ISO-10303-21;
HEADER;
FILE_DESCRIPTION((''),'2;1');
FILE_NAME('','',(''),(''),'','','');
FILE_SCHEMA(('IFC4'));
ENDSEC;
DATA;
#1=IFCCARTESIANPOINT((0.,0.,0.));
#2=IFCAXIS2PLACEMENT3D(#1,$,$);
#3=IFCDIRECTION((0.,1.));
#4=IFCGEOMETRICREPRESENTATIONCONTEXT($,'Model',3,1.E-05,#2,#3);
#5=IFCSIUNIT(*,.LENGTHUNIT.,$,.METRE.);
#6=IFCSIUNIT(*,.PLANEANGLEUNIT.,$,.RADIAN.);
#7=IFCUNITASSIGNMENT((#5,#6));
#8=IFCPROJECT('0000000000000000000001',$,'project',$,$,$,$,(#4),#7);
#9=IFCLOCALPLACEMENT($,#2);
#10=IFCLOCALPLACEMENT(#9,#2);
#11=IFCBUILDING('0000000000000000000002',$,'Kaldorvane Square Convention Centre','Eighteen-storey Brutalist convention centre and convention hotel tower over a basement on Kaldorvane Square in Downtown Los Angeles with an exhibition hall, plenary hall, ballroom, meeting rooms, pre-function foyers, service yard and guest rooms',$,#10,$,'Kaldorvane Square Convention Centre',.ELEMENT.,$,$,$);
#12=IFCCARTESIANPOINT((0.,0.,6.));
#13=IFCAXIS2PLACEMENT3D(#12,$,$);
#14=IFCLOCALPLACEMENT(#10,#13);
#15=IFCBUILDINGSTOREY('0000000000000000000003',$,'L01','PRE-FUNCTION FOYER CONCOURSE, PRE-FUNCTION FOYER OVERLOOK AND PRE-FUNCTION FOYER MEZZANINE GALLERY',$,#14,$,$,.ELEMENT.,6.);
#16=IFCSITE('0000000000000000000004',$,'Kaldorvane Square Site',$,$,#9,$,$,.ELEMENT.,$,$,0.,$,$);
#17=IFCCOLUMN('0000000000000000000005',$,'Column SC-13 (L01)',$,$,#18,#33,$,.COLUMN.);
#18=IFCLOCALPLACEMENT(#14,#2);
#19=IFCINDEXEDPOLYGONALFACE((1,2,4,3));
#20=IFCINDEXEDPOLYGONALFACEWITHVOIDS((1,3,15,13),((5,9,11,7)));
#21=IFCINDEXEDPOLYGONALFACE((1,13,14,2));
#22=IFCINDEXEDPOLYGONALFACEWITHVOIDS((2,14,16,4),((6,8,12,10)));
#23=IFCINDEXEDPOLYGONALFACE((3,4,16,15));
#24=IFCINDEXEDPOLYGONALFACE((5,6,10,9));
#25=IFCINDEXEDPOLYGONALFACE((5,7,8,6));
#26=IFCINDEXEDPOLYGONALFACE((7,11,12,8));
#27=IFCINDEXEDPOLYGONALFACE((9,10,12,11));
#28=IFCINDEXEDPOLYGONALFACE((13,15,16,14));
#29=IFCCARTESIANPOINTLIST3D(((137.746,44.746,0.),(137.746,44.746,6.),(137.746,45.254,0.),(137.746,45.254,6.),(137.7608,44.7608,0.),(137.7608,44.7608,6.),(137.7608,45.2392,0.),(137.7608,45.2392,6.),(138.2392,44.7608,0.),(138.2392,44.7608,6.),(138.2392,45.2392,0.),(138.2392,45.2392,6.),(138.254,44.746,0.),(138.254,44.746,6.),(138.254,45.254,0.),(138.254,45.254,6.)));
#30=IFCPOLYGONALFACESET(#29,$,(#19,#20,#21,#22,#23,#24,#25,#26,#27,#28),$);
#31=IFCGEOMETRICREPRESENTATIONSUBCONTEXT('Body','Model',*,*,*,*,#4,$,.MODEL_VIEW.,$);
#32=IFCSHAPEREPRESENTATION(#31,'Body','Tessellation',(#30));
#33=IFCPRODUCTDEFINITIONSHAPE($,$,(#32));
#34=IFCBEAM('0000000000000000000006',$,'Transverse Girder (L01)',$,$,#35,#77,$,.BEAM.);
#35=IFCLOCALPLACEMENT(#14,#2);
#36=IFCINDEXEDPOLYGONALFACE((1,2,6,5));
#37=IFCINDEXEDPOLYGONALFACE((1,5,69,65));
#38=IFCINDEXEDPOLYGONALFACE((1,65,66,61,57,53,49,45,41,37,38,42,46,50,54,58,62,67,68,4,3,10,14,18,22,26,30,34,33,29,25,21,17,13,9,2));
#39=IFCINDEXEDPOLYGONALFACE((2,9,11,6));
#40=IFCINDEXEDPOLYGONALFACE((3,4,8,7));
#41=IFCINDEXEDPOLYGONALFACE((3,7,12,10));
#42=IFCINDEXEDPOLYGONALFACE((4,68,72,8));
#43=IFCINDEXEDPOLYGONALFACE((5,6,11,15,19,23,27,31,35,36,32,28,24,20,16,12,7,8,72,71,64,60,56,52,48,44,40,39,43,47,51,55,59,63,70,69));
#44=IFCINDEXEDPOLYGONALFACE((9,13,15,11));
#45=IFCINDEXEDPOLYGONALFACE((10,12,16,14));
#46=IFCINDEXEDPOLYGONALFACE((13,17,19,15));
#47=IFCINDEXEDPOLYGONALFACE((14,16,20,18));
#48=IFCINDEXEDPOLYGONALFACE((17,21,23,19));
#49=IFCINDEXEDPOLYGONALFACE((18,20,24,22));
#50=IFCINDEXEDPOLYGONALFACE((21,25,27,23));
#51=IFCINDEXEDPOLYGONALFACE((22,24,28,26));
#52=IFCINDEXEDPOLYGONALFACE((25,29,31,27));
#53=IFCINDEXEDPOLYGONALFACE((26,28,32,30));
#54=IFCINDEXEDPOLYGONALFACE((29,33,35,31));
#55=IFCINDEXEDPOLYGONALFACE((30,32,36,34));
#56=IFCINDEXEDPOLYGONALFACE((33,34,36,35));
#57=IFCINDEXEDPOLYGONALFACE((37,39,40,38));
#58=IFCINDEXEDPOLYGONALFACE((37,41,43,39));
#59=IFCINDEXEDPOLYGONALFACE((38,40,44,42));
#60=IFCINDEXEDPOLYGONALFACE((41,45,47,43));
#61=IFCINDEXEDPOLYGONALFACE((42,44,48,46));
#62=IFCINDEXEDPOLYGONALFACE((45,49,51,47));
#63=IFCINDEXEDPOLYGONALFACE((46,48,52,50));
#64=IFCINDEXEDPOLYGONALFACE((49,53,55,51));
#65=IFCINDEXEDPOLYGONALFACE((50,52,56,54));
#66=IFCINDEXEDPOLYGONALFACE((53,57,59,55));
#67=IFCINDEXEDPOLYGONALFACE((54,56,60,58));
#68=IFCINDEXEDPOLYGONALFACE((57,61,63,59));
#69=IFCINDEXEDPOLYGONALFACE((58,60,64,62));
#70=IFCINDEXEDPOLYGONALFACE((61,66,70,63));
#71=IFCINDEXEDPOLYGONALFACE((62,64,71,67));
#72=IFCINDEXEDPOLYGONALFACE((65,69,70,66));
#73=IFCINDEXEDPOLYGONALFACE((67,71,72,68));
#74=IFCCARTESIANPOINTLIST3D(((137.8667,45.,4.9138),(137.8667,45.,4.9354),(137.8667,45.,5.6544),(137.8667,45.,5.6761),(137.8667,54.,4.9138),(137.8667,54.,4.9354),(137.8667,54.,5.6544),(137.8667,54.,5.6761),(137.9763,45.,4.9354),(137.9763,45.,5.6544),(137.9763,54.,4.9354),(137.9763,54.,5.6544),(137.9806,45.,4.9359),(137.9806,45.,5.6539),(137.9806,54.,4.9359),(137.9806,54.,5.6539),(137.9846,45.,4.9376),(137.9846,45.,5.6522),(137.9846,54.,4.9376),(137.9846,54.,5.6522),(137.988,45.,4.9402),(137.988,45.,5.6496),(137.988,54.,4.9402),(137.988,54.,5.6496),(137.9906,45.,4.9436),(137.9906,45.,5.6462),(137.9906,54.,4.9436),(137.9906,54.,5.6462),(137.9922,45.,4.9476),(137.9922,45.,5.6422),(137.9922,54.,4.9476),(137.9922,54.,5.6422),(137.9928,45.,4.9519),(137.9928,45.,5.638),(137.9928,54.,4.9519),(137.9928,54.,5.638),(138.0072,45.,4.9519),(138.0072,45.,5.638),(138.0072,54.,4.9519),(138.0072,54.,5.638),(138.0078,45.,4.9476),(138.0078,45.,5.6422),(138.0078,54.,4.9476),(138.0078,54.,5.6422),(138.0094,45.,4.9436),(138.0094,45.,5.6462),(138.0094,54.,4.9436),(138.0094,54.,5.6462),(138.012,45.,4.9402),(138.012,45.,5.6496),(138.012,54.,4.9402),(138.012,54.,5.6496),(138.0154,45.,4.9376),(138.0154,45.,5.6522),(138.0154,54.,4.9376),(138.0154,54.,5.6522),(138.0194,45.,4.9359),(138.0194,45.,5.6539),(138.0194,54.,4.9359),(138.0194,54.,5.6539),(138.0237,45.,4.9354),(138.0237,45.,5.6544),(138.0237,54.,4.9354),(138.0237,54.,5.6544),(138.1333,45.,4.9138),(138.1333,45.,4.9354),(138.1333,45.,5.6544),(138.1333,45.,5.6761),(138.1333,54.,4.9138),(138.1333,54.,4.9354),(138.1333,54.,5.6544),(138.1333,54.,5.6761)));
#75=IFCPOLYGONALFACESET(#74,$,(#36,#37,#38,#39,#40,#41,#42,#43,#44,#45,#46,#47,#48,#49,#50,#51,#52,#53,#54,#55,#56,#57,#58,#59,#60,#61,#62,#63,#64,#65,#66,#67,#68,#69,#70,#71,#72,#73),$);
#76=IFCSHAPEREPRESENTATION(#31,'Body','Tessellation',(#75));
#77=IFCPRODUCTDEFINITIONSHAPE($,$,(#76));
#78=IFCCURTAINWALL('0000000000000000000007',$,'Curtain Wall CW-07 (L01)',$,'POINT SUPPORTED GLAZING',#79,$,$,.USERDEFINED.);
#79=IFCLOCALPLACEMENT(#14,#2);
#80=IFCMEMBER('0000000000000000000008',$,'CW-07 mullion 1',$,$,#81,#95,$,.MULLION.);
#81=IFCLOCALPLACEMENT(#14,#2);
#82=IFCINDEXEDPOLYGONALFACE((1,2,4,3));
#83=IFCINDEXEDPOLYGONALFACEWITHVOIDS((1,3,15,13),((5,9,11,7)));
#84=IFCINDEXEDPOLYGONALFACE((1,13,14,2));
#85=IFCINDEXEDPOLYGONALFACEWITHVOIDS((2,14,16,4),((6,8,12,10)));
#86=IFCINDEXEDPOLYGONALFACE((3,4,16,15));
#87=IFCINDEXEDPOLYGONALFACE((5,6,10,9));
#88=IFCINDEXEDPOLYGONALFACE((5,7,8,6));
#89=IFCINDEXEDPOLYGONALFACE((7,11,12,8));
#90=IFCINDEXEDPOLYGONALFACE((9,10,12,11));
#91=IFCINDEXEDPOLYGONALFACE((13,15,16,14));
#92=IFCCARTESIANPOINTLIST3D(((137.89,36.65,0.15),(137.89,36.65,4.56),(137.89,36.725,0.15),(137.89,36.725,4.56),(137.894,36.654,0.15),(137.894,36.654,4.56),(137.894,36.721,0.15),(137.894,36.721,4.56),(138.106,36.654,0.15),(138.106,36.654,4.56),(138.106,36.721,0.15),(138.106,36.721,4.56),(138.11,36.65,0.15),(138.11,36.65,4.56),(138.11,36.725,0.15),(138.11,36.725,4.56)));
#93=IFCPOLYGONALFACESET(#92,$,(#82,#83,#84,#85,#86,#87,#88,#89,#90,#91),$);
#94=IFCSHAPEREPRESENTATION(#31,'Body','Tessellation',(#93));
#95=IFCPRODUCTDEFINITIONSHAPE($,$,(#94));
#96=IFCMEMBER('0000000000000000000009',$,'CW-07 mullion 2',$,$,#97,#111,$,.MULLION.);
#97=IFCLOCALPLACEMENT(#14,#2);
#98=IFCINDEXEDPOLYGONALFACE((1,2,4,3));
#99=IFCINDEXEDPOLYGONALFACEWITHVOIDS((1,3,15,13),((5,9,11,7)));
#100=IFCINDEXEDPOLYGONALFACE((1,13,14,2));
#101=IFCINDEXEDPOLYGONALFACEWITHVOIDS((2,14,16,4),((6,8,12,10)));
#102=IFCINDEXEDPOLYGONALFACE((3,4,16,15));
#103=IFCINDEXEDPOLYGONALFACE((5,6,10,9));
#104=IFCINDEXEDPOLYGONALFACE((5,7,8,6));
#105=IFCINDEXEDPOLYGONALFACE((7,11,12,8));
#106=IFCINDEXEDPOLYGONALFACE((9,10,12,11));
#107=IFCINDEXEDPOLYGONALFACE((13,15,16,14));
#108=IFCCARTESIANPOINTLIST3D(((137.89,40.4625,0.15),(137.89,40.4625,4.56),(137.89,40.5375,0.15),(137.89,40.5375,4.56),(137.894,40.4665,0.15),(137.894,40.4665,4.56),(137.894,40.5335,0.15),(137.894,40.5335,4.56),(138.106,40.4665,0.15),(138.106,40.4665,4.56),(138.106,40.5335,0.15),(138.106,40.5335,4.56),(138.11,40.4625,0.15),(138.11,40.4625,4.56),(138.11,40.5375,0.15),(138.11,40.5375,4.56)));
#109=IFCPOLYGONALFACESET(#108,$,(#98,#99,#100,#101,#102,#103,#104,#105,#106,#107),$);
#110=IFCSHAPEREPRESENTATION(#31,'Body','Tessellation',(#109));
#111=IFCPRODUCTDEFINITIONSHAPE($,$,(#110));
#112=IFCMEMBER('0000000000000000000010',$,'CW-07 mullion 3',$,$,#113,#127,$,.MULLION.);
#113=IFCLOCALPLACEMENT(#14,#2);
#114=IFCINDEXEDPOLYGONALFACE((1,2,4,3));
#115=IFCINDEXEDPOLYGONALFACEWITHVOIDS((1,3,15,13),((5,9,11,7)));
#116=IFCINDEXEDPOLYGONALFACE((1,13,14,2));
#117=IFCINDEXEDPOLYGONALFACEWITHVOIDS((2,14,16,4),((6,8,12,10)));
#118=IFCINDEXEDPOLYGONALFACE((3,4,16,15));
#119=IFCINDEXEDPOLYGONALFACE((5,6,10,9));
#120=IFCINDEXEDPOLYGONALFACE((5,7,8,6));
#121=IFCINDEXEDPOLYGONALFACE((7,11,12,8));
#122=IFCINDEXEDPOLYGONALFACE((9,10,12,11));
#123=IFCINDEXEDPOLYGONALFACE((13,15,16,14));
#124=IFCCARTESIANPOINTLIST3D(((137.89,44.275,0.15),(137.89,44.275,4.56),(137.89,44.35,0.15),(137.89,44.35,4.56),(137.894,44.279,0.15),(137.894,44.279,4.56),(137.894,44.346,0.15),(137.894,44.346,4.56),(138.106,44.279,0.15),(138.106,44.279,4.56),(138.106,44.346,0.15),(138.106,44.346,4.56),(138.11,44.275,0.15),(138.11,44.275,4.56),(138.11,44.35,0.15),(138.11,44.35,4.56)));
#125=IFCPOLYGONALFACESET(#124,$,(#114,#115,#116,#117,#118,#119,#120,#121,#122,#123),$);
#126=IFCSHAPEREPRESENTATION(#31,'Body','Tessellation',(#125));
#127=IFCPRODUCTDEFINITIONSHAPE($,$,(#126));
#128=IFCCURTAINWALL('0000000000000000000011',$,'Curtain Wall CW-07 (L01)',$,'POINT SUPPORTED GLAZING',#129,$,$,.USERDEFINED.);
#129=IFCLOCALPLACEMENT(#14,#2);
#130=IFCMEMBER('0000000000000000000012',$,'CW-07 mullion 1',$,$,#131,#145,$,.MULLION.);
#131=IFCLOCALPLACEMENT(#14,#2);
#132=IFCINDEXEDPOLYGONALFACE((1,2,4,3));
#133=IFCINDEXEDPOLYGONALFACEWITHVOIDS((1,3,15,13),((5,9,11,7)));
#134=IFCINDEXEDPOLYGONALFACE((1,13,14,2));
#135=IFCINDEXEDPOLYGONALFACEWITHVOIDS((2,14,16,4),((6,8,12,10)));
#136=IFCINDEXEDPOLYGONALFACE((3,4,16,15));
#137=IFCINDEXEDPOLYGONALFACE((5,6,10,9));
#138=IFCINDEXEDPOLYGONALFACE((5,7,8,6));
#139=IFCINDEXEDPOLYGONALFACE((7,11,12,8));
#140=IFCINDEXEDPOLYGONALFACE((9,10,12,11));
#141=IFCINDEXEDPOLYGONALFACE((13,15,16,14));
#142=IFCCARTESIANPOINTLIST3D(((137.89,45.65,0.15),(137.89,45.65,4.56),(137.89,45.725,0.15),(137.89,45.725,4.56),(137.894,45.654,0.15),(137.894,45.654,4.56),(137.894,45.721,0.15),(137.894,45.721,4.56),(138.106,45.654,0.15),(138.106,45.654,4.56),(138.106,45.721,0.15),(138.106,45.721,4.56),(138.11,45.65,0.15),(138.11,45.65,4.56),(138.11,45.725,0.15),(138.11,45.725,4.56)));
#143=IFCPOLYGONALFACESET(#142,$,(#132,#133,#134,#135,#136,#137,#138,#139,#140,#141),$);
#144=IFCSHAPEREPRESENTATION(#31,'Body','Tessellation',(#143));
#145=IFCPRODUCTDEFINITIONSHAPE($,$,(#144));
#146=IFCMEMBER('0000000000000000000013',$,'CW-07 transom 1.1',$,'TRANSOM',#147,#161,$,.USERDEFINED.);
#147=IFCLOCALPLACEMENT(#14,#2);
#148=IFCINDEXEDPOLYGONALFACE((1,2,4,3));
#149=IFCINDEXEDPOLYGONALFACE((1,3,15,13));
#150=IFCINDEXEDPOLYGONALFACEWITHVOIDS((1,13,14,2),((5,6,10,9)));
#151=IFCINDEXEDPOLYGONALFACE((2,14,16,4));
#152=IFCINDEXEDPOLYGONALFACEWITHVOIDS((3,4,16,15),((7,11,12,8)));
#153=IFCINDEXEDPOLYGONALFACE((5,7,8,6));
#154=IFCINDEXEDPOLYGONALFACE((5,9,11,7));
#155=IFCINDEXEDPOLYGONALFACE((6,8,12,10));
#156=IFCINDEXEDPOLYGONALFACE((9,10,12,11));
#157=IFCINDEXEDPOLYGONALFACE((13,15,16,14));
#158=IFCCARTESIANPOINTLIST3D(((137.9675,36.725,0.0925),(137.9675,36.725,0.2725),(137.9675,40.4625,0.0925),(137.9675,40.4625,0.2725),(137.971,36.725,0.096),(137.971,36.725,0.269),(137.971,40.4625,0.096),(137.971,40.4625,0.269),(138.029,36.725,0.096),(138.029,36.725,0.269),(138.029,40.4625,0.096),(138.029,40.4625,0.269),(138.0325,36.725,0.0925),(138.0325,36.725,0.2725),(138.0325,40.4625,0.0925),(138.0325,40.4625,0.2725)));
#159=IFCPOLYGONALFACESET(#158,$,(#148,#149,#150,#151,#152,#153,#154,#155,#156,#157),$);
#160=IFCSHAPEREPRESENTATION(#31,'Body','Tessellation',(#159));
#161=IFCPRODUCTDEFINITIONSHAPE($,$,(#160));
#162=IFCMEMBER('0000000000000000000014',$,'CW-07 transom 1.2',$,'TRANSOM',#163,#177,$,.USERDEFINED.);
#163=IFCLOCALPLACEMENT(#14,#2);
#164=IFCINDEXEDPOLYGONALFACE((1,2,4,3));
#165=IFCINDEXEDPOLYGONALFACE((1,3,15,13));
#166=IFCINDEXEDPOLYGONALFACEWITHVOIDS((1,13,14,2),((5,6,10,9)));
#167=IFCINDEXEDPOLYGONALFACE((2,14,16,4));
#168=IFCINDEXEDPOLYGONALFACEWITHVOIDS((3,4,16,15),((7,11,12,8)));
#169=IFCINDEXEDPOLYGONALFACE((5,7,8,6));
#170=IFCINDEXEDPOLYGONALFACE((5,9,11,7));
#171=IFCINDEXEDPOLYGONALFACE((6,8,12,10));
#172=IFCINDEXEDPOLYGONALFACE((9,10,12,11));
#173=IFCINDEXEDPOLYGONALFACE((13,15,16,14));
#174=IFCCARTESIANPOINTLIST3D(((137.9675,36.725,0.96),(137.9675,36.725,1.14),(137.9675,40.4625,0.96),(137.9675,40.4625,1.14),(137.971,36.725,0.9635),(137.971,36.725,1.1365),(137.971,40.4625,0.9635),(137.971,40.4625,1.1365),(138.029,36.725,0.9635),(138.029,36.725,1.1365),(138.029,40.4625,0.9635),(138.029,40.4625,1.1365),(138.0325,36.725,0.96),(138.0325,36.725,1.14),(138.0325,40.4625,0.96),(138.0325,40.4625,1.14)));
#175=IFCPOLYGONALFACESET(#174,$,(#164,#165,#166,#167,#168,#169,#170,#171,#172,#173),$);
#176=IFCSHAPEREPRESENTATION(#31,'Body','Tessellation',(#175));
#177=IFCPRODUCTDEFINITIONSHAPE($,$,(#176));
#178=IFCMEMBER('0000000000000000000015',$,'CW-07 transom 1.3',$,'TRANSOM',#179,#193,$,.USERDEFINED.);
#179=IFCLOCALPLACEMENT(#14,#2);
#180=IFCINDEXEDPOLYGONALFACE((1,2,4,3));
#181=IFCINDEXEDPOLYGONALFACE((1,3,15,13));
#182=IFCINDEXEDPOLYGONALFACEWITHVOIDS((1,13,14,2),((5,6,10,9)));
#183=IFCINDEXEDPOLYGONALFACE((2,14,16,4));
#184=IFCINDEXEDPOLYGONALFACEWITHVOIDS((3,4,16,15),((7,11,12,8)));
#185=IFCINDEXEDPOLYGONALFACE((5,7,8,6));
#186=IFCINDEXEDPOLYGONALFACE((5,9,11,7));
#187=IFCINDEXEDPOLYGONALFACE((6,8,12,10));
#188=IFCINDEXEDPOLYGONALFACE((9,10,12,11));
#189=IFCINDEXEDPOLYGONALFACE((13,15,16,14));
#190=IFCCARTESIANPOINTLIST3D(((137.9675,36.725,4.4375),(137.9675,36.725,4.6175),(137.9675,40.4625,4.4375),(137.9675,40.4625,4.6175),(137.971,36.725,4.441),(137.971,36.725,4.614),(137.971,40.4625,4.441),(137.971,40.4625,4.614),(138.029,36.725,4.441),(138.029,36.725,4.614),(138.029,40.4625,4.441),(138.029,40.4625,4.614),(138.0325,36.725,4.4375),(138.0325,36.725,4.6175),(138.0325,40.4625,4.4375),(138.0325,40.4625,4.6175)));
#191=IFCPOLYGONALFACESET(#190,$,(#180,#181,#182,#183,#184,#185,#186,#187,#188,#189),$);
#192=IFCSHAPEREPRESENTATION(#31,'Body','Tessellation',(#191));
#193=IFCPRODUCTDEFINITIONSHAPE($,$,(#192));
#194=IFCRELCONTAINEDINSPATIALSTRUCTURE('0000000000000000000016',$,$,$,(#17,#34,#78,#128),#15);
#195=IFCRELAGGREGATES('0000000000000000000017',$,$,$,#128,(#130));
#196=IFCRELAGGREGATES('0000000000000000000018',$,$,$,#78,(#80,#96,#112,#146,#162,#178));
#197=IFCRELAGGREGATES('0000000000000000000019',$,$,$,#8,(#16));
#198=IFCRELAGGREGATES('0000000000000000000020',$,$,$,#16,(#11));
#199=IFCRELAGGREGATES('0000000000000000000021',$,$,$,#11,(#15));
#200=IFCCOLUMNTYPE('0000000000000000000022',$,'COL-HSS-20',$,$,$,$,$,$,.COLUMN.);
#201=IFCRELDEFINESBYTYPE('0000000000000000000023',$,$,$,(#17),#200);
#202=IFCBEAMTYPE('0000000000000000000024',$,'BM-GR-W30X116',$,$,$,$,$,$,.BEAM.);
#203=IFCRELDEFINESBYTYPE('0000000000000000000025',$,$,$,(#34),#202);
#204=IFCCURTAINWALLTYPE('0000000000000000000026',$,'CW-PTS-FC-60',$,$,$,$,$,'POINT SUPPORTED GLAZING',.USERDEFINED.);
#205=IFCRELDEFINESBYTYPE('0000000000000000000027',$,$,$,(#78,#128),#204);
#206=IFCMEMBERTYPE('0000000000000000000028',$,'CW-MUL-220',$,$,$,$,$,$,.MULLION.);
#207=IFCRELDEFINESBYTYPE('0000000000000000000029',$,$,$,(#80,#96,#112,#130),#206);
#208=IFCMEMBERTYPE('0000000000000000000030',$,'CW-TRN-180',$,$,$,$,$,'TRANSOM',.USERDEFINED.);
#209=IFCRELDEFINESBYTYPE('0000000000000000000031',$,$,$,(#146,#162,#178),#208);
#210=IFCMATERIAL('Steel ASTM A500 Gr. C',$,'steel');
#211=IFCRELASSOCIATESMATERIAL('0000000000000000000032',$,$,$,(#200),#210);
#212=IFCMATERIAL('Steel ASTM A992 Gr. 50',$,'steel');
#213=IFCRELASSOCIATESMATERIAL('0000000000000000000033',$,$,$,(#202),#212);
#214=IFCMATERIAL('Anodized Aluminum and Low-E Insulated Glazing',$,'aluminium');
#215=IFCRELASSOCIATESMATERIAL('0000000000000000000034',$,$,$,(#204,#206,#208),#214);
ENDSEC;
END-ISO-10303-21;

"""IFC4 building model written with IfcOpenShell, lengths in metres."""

from ifc_helpers import new_model, si_unit, direction, frame, origin, origin_2d, place, context, subcontext, project, spatial, hollow_rectangle, i_section, extrude, material, material_profile, profile_set, type_object, element, aggregate, save


model = new_model("IFC4")

# Units and contexts
model_context = context("Model", 3, precision=1e-05, world=origin(), true_north=direction((0.0, 1.0)))
body_context = subcontext(model_context, "Body", "Model", "MODEL_VIEW")
ifc_project = project(units=[si_unit("LENGTHUNIT", "METRE"), si_unit("PLANEANGLEUNIT", "RADIAN")], contexts=[model_context])

# Site, building, storey
site_placement = place(None, origin())
site = spatial("IfcSite", under=ifc_project, at=site_placement, Name="Kaldorvane Square Site", CompositionType="ELEMENT", RefElevation=0.0)
building_placement = place(site_placement, origin())
building = spatial("IfcBuilding", under=site, at=building_placement, Name="Kaldorvane Square Convention Centre", Description="Eighteen-storey Brutalist convention centre and convention hotel tower over a basement on Kaldorvane Square in Downtown Los Angeles with an exhibition hall, plenary hall, ballroom, meeting rooms, pre-function foyers, service yard and guest rooms", LongName="Kaldorvane Square Convention Centre", CompositionType="ELEMENT")
storey_placement = place(building_placement, frame((0.0, 0.0, 6.0)))
storey = spatial("IfcBuildingStorey", under=building, at=storey_placement, Name="L01", Description="PRE-FUNCTION FOYER CONCOURSE, PRE-FUNCTION FOYER OVERLOOK AND PRE-FUNCTION FOYER MEZZANINE GALLERY", CompositionType="ELEMENT", Elevation=6.0)

# Column
ifc_material_1 = material(Name="Steel ASTM A500 Gr. C", Category="steel")
ifc_material_profile_1 = material_profile(ifc_material_1, hollow_rectangle(XDim=0.508, YDim=0.508, WallThickness=0.0148, at=origin_2d()), Name="HSS20X20X5/8")
ifc_profile_set_1 = profile_set([ifc_material_profile_1], Name="Steel ASTM A500 Gr. C")
column_type = type_object("IfcColumnType", Name="COL-HSS-20", PredefinedType="COLUMN", material=ifc_profile_set_1)
column_placement = place(storey_placement, frame((138.0, 45.0, 0.0), z_axis=(0.0, 0.0, 1.0), x_axis=(1.0, 0.0, 0.0)))
element("IfcColumn", 1, at=column_placement, inside=storey, type_object=column_type, Name="Column SC-13 (L01)", PredefinedType="COLUMN", context=body_context, shape_type="SweptSolid", body=[
    extrude(hollow_rectangle(XDim=0.508, YDim=0.508, WallThickness=0.0148, at=origin_2d()), origin(), (0.0, 0.0, 1.0), 6.0),
])

# Beam
ifc_material_2 = material(Name="Steel ASTM A992 Gr. 50", Category="steel")
ifc_material_profile_2 = material_profile(ifc_material_2, i_section(OverallWidth=0.2666, OverallDepth=0.7623, WebThickness=0.0144, FlangeThickness=0.0216, FilletRadius=0.0165, at=origin_2d()), Name="W30X116")
ifc_profile_set_2 = profile_set([ifc_material_profile_2], Name="Steel ASTM A992 Gr. 50")
beam_type = type_object("IfcBeamType", Name="BM-GR-W30X116", PredefinedType="BEAM", material=ifc_profile_set_2)
beam_placement = place(storey_placement, frame((138.0, 45.0, 5.2949), z_axis=(0.0, 1.0, 0.0), x_axis=(-1.0, 0.0, 0.0)))
element("IfcBeam", 2, at=beam_placement, inside=storey, type_object=beam_type, Name="Transverse Girder (L01)", PredefinedType="BEAM", context=body_context, shape_type="SweptSolid", body=[
    extrude(i_section(OverallWidth=0.2666, OverallDepth=0.7623, WebThickness=0.0144, FlangeThickness=0.0216, FilletRadius=0.0165, at=origin_2d()), origin(), (0.0, 0.0, 1.0), 9.0),
])

# Curtain wall, members
ifc_material_3 = material(Name="Anodized Aluminum and Low-E Insulated Glazing", Category="aluminium")
curtain_wall_type = type_object("IfcCurtainWallType", Name="CW-PTS-FC-60", ElementType="POINT SUPPORTED GLAZING", PredefinedType="USERDEFINED", material=ifc_material_3)
curtain_wall_1_placement = place(storey_placement, origin())
curtain_wall_1 = element("IfcCurtainWall", 3, at=curtain_wall_1_placement, inside=storey, type_object=curtain_wall_type, Name="Curtain Wall CW-07 (L01)", ObjectType="POINT SUPPORTED GLAZING", PredefinedType="USERDEFINED")
ifc_material_profile_3 = material_profile(ifc_material_3, hollow_rectangle(XDim=0.075, YDim=0.22, WallThickness=0.004, at=origin_2d()), Name="CWM-220X75")
ifc_profile_set_3 = profile_set([ifc_material_profile_3], Name="Anodized Aluminum and Low-E Insulated Glazing")
member_type_1 = type_object("IfcMemberType", Name="CW-MUL-220", PredefinedType="MULLION", material=ifc_profile_set_3)
member_1_placement = place(storey_placement, frame((138.0, 36.6875, 0.15), z_axis=(0.0, 0.0, 1.0), x_axis=(0.0, 1.0, 0.0)))
member_1 = element("IfcMember", 4, at=member_1_placement, type_object=member_type_1, Name="CW-07 mullion 1", PredefinedType="MULLION", context=body_context, shape_type="SweptSolid", body=[
    extrude(hollow_rectangle(XDim=0.075, YDim=0.22, WallThickness=0.004, at=origin_2d()), origin(), (0.0, 0.0, 1.0), 4.41),
])
member_2_placement = place(storey_placement, frame((138.0, 40.5, 0.15), z_axis=(0.0, 0.0, 1.0), x_axis=(0.0, 1.0, 0.0)))
member_2 = element("IfcMember", 5, at=member_2_placement, type_object=member_type_1, Name="CW-07 mullion 2", PredefinedType="MULLION", context=body_context, shape_type="SweptSolid", body=[
    extrude(hollow_rectangle(XDim=0.075, YDim=0.22, WallThickness=0.004, at=origin_2d()), origin(), (0.0, 0.0, 1.0), 4.41),
])
member_3_placement = place(storey_placement, frame((138.0, 44.3125, 0.15), z_axis=(0.0, 0.0, 1.0), x_axis=(0.0, 1.0, 0.0)))
member_3 = element("IfcMember", 6, at=member_3_placement, type_object=member_type_1, Name="CW-07 mullion 3", PredefinedType="MULLION", context=body_context, shape_type="SweptSolid", body=[
    extrude(hollow_rectangle(XDim=0.075, YDim=0.22, WallThickness=0.004, at=origin_2d()), origin(), (0.0, 0.0, 1.0), 4.41),
])

# Curtain wall, member
curtain_wall_2_placement = place(storey_placement, origin())
curtain_wall_2 = element("IfcCurtainWall", 7, at=curtain_wall_2_placement, inside=storey, type_object=curtain_wall_type, Name="Curtain Wall CW-07 (L01)", ObjectType="POINT SUPPORTED GLAZING", PredefinedType="USERDEFINED")
member_4_placement = place(storey_placement, frame((138.0, 45.6875, 0.15), z_axis=(0.0, 0.0, 1.0), x_axis=(0.0, 1.0, 0.0)))
member_4 = element("IfcMember", 8, at=member_4_placement, type_object=member_type_1, Name="CW-07 mullion 1", PredefinedType="MULLION", context=body_context, shape_type="SweptSolid", body=[
    extrude(hollow_rectangle(XDim=0.075, YDim=0.22, WallThickness=0.004, at=origin_2d()), origin(), (0.0, 0.0, 1.0), 4.41),
])

# Members
ifc_material_profile_4 = material_profile(ifc_material_3, hollow_rectangle(XDim=0.065, YDim=0.18, WallThickness=0.0035, at=origin_2d()), Name="CWT-180X65")
ifc_profile_set_4 = profile_set([ifc_material_profile_4], Name="Anodized Aluminum and Low-E Insulated Glazing")
member_type_2 = type_object("IfcMemberType", Name="CW-TRN-180", ElementType="TRANSOM", PredefinedType="USERDEFINED", material=ifc_profile_set_4)
member_5_placement = place(storey_placement, frame((138.0, 36.725, 0.1825), z_axis=(0.0, 1.0, 0.0), x_axis=(-1.0, 0.0, 0.0)))
member_5 = element("IfcMember", 9, at=member_5_placement, type_object=member_type_2, Name="CW-07 transom 1.1", ObjectType="TRANSOM", PredefinedType="USERDEFINED", context=body_context, shape_type="SweptSolid", body=[
    extrude(hollow_rectangle(XDim=0.065, YDim=0.18, WallThickness=0.0035, at=origin_2d()), origin(), (0.0, 0.0, 1.0), 3.7375),
])
member_6_placement = place(storey_placement, frame((138.0, 36.725, 1.05), z_axis=(0.0, 1.0, 0.0), x_axis=(-1.0, 0.0, 0.0)))
member_6 = element("IfcMember", 10, at=member_6_placement, type_object=member_type_2, Name="CW-07 transom 1.2", ObjectType="TRANSOM", PredefinedType="USERDEFINED", context=body_context, shape_type="SweptSolid", body=[
    extrude(hollow_rectangle(XDim=0.065, YDim=0.18, WallThickness=0.0035, at=origin_2d()), origin(), (0.0, 0.0, 1.0), 3.7375),
])
member_7_placement = place(storey_placement, frame((138.0, 36.725, 4.5275), z_axis=(0.0, 1.0, 0.0), x_axis=(-1.0, 0.0, 0.0)))
member_7 = element("IfcMember", 11, at=member_7_placement, type_object=member_type_2, Name="CW-07 transom 1.3", ObjectType="TRANSOM", PredefinedType="USERDEFINED", context=body_context, shape_type="SweptSolid", body=[
    extrude(hollow_rectangle(XDim=0.065, YDim=0.18, WallThickness=0.0035, at=origin_2d()), origin(), (0.0, 0.0, 1.0), 3.7375),
])
aggregate(curtain_wall_2, [member_4])

aggregate(curtain_wall_1, [member_1, member_2, member_3, member_5, member_6, member_7])

save(model, "model.ifc")
